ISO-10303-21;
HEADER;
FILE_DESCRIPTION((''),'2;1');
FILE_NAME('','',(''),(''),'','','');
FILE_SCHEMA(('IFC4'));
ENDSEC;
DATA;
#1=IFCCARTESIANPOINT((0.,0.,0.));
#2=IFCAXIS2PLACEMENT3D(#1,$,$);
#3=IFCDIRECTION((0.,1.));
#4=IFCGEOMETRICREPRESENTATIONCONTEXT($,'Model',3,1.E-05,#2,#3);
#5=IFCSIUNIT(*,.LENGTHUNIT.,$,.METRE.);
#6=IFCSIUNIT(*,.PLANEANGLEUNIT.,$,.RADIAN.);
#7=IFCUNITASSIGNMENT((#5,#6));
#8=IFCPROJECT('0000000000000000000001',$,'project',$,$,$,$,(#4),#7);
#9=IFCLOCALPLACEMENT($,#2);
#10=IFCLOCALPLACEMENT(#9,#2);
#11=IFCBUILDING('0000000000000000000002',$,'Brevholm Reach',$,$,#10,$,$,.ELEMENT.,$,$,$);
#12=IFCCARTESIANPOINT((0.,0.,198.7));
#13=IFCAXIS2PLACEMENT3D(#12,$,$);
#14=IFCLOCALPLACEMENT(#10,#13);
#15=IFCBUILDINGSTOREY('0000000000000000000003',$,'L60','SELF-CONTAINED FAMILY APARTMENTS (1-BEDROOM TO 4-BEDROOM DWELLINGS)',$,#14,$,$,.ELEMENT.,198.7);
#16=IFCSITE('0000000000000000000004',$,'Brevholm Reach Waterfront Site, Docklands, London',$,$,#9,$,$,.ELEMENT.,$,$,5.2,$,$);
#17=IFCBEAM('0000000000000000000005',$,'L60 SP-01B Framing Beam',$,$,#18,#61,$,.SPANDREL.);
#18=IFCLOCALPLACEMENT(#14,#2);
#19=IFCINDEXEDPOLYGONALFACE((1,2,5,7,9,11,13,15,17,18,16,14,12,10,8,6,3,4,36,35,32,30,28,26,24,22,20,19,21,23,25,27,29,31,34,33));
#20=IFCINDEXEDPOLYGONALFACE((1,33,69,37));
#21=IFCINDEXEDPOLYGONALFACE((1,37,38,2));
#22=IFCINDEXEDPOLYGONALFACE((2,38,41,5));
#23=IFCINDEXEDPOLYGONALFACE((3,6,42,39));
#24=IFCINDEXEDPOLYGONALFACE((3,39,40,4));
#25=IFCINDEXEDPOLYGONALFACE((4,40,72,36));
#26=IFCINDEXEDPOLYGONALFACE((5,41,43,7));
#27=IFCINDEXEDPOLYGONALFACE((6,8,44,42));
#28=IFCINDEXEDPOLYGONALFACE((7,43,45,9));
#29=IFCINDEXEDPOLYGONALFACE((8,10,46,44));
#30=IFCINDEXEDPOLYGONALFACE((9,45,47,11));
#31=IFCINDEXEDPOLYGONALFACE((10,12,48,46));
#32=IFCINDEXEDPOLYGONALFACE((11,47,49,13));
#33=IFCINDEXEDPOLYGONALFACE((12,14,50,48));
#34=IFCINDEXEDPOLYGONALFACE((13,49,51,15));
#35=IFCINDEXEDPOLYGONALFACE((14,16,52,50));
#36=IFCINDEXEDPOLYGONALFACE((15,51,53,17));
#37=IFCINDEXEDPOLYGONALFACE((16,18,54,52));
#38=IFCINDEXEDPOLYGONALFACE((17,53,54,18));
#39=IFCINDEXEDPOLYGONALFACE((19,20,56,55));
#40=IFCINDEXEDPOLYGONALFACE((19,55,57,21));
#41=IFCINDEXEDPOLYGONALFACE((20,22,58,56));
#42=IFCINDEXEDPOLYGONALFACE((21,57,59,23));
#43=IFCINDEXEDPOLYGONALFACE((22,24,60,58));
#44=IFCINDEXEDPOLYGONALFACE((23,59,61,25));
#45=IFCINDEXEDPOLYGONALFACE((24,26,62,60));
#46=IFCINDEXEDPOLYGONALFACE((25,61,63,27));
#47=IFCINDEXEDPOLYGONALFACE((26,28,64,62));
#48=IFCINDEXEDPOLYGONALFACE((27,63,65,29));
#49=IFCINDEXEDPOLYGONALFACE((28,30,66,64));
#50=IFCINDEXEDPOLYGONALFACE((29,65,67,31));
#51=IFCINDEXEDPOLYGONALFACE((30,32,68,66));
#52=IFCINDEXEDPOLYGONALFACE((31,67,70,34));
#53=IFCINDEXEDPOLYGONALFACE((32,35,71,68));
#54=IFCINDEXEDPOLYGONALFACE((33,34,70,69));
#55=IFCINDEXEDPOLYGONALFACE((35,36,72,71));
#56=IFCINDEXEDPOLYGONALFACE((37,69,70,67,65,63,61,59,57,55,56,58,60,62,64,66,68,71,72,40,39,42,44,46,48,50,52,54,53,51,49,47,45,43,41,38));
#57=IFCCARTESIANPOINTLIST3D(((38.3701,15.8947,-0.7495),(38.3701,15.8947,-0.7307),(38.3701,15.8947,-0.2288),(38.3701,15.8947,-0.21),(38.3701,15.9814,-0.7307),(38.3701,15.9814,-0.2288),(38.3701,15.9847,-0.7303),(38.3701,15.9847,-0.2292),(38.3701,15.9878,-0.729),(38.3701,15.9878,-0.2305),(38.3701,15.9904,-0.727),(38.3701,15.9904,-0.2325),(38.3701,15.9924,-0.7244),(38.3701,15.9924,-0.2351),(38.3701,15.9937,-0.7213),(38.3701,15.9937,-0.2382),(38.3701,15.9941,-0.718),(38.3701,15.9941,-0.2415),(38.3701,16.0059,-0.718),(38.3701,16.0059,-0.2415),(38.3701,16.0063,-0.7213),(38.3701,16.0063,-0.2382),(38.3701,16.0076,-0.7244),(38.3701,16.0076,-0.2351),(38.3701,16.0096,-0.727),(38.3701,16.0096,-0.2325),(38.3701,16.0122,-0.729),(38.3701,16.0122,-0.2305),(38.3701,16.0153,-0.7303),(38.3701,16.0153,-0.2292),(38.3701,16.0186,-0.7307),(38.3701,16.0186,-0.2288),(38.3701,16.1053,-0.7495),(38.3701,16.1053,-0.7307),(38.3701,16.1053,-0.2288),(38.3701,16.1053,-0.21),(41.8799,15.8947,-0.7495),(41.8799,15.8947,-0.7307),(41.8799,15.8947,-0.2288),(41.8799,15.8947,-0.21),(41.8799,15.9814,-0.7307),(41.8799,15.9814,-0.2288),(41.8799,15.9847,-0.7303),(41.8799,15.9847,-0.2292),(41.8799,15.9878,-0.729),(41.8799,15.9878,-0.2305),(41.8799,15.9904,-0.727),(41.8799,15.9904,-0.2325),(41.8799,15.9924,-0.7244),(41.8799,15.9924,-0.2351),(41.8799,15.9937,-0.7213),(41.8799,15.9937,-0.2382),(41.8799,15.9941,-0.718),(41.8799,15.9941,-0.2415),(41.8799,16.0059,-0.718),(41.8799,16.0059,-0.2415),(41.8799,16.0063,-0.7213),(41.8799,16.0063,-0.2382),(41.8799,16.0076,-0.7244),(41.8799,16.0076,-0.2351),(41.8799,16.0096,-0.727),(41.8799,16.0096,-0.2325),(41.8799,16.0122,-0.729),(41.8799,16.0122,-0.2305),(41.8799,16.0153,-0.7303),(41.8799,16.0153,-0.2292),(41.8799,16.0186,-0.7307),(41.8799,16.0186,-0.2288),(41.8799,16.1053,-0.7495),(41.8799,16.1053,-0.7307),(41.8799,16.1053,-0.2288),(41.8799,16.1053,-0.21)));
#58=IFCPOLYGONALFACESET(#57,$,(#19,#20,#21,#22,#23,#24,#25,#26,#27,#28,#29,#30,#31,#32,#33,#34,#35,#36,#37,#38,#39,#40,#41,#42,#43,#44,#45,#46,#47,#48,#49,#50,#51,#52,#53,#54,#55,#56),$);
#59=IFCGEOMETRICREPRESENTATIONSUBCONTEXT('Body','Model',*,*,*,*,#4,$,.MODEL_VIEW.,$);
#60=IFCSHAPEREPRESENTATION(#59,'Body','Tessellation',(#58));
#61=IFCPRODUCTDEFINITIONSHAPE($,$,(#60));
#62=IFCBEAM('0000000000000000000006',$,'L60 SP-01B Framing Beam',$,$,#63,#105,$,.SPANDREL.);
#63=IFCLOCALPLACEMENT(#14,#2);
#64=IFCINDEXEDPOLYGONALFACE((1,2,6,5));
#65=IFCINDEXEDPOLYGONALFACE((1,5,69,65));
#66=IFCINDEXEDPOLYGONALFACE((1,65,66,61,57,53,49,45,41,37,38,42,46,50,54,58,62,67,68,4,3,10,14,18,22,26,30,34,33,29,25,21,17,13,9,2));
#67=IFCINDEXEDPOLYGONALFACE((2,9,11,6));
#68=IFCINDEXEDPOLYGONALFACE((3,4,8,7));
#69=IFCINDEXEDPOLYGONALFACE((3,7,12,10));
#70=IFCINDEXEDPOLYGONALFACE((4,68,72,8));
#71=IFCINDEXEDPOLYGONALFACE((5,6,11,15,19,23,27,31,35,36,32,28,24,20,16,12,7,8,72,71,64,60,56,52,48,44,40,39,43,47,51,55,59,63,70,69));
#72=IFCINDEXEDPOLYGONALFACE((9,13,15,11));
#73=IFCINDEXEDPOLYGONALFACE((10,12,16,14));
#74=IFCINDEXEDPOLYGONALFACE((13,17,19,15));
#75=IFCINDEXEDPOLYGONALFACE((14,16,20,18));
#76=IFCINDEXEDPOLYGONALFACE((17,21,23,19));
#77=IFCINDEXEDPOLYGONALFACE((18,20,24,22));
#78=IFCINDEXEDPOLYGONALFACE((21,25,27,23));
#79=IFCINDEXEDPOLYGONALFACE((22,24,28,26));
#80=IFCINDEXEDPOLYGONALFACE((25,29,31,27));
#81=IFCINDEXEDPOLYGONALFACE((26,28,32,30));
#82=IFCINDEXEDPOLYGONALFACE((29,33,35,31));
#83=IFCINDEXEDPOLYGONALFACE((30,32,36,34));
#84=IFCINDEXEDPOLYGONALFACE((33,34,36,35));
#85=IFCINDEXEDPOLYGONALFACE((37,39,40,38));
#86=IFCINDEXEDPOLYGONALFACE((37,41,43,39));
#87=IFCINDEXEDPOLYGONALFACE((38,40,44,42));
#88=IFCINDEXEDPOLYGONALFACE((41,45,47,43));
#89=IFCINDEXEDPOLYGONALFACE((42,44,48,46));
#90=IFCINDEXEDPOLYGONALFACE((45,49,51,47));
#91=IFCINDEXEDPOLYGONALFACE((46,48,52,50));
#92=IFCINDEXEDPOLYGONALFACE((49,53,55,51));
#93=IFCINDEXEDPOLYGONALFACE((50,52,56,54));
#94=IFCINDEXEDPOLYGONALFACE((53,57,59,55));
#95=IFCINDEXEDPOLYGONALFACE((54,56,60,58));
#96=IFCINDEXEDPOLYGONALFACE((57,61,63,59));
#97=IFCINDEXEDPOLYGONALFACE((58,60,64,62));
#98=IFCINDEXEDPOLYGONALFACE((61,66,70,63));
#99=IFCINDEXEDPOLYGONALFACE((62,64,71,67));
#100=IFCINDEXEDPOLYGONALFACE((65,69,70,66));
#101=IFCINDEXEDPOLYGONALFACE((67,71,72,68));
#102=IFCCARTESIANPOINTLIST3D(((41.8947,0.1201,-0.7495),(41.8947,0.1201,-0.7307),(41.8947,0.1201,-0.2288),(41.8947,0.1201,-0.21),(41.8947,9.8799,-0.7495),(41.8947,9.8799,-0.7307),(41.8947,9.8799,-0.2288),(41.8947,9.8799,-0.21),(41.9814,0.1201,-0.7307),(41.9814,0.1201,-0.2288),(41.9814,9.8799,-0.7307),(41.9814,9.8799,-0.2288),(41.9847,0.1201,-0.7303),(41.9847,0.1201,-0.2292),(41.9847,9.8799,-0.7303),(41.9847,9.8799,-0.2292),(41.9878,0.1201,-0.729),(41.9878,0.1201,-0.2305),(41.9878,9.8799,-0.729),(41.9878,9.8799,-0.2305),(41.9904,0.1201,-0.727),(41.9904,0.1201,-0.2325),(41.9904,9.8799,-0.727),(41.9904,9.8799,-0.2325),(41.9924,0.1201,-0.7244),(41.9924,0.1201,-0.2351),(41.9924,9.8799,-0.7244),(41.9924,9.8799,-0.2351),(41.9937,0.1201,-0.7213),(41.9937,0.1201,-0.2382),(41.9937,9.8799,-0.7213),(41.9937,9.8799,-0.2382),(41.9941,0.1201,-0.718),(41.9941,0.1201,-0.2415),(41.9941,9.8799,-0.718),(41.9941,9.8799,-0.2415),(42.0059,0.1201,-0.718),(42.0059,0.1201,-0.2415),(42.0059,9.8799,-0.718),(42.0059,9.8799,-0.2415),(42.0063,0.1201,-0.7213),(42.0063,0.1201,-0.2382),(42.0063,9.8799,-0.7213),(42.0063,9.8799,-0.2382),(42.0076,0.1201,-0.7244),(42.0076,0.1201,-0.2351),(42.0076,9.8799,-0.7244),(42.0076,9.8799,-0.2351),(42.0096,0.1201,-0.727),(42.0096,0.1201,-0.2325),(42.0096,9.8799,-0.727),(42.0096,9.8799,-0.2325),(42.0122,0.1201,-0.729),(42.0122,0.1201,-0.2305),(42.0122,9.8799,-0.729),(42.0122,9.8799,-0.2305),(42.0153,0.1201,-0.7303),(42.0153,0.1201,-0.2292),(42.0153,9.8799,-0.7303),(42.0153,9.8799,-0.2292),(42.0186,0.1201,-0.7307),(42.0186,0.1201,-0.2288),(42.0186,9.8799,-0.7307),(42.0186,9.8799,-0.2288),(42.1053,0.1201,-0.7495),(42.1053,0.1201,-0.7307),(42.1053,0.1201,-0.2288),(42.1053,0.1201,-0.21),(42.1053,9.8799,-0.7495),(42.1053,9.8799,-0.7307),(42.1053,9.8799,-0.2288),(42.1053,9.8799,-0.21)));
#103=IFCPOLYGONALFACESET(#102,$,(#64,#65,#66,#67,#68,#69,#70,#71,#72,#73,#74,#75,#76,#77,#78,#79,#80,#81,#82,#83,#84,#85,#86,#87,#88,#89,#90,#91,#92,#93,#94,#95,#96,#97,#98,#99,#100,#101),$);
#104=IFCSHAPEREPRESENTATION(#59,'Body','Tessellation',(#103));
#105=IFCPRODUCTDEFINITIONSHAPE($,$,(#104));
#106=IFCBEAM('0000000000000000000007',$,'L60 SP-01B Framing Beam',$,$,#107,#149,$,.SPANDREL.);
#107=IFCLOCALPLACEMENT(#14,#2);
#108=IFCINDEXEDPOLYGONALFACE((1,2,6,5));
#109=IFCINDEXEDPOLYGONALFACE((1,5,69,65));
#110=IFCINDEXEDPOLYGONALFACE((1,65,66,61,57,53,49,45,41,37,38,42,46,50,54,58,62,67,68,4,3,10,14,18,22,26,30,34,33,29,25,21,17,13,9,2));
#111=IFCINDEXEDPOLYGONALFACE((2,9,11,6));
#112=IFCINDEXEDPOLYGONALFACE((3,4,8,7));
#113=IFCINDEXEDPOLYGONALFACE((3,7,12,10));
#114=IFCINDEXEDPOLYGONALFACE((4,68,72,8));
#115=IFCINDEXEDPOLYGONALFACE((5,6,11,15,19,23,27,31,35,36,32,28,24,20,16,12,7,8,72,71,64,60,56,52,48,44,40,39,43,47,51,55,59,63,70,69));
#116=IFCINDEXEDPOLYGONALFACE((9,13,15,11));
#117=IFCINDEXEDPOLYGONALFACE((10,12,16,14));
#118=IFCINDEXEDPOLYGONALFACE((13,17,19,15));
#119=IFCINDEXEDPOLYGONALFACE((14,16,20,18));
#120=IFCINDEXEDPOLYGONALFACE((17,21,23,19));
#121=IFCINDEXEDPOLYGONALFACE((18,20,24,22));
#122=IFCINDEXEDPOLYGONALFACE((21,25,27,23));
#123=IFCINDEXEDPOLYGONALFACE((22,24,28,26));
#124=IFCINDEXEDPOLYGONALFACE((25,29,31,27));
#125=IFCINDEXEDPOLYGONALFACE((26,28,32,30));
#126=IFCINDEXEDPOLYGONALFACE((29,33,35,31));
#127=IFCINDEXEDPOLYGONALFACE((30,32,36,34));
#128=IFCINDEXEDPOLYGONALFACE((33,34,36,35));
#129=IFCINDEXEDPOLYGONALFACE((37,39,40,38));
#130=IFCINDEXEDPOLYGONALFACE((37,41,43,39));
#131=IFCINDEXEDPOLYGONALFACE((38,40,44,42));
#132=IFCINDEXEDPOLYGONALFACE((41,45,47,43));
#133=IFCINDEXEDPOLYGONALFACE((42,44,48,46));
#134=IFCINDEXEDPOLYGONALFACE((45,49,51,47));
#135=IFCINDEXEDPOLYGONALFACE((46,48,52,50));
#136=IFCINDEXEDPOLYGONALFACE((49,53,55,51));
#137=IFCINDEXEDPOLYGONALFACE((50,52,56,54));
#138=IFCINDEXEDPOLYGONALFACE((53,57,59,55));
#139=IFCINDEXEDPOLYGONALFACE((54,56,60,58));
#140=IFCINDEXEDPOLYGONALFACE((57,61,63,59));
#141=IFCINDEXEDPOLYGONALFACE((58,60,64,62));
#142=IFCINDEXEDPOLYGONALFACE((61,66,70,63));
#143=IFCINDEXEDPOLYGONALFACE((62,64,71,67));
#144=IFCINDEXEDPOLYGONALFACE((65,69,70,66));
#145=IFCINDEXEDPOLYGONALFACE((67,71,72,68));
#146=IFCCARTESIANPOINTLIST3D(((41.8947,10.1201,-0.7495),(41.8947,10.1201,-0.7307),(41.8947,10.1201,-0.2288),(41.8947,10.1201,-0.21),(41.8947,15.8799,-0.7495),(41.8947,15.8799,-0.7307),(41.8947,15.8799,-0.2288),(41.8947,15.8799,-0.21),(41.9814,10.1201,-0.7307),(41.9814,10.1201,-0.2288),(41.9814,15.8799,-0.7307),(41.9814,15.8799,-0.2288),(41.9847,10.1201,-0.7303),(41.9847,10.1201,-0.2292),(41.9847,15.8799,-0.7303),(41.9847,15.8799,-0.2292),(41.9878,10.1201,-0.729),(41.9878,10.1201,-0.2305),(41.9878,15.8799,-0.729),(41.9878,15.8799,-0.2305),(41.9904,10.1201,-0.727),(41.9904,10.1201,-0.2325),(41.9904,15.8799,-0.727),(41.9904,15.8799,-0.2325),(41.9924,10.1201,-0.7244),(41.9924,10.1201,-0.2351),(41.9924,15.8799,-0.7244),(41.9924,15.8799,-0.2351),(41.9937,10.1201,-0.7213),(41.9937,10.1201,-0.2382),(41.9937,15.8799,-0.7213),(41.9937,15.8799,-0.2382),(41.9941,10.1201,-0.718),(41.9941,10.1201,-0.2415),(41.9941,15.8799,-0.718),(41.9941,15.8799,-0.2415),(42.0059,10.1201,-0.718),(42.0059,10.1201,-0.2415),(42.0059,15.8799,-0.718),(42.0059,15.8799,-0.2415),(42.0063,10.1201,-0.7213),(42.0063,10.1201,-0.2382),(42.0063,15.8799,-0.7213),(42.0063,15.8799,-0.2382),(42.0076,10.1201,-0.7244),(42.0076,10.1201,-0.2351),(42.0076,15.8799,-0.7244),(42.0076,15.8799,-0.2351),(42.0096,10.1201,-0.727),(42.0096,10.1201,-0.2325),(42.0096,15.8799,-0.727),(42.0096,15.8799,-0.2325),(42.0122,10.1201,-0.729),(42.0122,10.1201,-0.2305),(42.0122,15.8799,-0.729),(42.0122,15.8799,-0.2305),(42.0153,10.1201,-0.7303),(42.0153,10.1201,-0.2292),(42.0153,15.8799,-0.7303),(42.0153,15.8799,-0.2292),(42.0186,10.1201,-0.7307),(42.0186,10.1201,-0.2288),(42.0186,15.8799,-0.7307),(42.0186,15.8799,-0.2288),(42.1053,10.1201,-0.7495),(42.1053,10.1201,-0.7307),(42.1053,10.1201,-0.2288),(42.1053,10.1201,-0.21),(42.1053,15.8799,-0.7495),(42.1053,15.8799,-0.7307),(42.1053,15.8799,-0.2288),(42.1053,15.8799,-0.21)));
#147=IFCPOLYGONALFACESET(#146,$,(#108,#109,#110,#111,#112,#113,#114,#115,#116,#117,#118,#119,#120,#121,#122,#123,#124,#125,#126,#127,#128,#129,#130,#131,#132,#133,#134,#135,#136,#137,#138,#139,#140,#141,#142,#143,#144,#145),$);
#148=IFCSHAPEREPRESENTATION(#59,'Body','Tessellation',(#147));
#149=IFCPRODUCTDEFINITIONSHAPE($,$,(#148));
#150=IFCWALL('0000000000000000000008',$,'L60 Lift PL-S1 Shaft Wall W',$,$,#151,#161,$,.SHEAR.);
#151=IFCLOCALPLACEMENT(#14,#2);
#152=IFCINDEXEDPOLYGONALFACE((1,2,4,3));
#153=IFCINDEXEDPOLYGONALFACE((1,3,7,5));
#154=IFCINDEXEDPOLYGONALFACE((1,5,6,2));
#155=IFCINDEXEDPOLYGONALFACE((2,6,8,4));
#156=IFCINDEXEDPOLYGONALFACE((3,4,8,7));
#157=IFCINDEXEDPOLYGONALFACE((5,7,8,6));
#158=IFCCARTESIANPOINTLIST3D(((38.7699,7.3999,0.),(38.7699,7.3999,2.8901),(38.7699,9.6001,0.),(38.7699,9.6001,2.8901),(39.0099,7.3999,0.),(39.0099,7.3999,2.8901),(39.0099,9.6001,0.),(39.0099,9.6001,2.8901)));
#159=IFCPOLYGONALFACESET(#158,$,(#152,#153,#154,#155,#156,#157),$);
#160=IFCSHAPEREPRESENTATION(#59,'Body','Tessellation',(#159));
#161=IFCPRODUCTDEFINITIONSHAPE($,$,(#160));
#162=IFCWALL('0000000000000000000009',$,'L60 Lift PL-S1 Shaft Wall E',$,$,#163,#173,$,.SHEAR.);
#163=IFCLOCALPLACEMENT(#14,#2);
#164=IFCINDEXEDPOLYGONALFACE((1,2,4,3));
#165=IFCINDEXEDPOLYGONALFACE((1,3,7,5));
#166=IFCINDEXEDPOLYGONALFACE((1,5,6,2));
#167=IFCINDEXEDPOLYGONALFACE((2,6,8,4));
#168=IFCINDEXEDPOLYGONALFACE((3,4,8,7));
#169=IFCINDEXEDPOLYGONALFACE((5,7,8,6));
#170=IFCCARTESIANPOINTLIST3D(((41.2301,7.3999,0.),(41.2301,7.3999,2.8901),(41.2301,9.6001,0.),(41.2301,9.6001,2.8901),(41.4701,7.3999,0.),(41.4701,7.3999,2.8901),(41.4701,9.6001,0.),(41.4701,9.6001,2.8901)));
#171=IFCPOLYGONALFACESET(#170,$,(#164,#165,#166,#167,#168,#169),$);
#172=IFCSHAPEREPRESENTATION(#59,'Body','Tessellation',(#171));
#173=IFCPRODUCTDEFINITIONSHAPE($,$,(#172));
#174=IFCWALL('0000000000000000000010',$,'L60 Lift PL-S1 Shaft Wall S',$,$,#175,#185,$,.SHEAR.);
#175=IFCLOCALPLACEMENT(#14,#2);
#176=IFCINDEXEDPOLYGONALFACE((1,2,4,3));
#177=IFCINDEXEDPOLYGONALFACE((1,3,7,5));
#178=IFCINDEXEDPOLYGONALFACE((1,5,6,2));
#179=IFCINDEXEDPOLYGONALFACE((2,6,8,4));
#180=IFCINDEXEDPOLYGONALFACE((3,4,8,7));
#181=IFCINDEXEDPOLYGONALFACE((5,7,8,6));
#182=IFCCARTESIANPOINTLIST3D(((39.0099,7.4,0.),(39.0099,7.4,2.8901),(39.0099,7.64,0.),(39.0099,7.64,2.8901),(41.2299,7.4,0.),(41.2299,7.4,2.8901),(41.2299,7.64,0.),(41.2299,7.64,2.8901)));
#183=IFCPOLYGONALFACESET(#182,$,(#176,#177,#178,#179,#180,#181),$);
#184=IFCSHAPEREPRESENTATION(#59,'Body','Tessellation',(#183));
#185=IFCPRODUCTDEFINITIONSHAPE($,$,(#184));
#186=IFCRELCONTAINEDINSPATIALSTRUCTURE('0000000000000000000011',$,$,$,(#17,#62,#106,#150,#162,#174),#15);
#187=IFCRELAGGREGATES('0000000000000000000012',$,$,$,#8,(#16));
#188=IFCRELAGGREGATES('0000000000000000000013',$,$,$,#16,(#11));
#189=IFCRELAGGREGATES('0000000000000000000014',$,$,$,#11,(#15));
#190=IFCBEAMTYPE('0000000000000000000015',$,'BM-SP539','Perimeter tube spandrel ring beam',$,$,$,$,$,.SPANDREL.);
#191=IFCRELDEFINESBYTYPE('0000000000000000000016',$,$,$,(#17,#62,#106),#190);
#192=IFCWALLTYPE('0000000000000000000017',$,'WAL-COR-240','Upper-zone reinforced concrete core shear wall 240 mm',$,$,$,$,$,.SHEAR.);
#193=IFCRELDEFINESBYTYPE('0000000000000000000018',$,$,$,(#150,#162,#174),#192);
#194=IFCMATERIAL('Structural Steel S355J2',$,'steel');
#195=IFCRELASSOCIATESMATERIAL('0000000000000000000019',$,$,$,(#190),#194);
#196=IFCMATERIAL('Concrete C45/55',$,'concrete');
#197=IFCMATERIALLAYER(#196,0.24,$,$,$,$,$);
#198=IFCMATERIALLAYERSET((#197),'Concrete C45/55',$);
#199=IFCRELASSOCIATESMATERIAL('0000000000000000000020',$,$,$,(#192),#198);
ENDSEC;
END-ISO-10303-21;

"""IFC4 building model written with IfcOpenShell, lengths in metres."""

from ifc_helpers import new_model, si_unit, direction, frame, frame_2d, origin, origin_2d, place, context, subcontext, project, spatial, rectangle, i_section, extrude, material, layer, layer_set, material_profile, profile_set, type_object, element, save


model = new_model("IFC4")

# Units and contexts
model_context = context("Model", 3, precision=1e-05, world=origin(), true_north=direction((0.0, 1.0)))
body_context = subcontext(model_context, "Body", "Model", "MODEL_VIEW")
ifc_project = project(units=[si_unit("LENGTHUNIT", "METRE"), si_unit("PLANEANGLEUNIT", "RADIAN")], contexts=[model_context])

# Site, building, storey
site_placement = place(None, origin())
site = spatial("IfcSite", under=ifc_project, at=site_placement, Name="Brevholm Reach Waterfront Site, Docklands, London", CompositionType="ELEMENT", RefElevation=5.2)
building_placement = place(site_placement, origin())
building = spatial("IfcBuilding", under=site, at=building_placement, Name="Brevholm Reach", CompositionType="ELEMENT")
storey_placement = place(building_placement, frame((0.0, 0.0, 198.7)))
storey = spatial("IfcBuildingStorey", under=building, at=storey_placement, Name="L60", Description="SELF-CONTAINED FAMILY APARTMENTS (1-BEDROOM TO 4-BEDROOM DWELLINGS)", CompositionType="ELEMENT", Elevation=198.7)

# Beams
ifc_material_1 = material(Name="Structural Steel S355J2", Category="steel")
ifc_material_profile_1 = material_profile(ifc_material_1, i_section(OverallWidth=0.2107, OverallDepth=0.5396, WebThickness=0.0117, FlangeThickness=0.0188, FilletRadius=0.0127, at=origin_2d()), Name="UKB 533x210x109")
ifc_profile_set_1 = profile_set([ifc_material_profile_1], Name="Structural Steel S355J2")
beam_type_1 = type_object("IfcBeamType", Name="BM-SP539", Description="Perimeter tube spandrel ring beam", PredefinedType="SPANDREL", material=ifc_profile_set_1)
for number, where, z_axis, x_axis, name in (
    (1, (38.3701, 16.0, -0.4797), (1.0, 0.0, 0.0), (0.0, 1.0, 0.0), "L60 SP-01B Framing Beam"),
):
    element("IfcBeam", number, at=place(storey_placement, frame(where, z_axis=z_axis, x_axis=x_axis)), inside=storey, type_object=beam_type_1, Name=name, PredefinedType="SPANDREL", context=body_context, shape_type="SweptSolid", body=[
        extrude(i_section(OverallWidth=0.2107, OverallDepth=0.5396, WebThickness=0.0117, FlangeThickness=0.0188, FilletRadius=0.0127, at=origin_2d()), origin(), (0.0, 0.0, 1.0), 3.5098),
    ])
beam_1_placement = place(storey_placement, frame((42.0, 0.1201, -0.4797), z_axis=(0.0, 1.0, 0.0), x_axis=(-1.0, 0.0, 0.0)))
element("IfcBeam", 2, at=beam_1_placement, inside=storey, type_object=beam_type_1, Name="L60 SP-01B Framing Beam", PredefinedType="SPANDREL", context=body_context, shape_type="SweptSolid", body=[
    extrude(i_section(OverallWidth=0.2107, OverallDepth=0.5396, WebThickness=0.0117, FlangeThickness=0.0188, FilletRadius=0.0127, at=origin_2d()), origin(), (0.0, 0.0, 1.0), 9.7598),
])
beam_2_placement = place(storey_placement, frame((42.0, 10.1201, -0.4797), z_axis=(0.0, 1.0, 0.0), x_axis=(-1.0, 0.0, 0.0)))
element("IfcBeam", 3, at=beam_2_placement, inside=storey, type_object=beam_type_1, Name="L60 SP-01B Framing Beam", PredefinedType="SPANDREL", context=body_context, shape_type="SweptSolid", body=[
    extrude(i_section(OverallWidth=0.2107, OverallDepth=0.5396, WebThickness=0.0117, FlangeThickness=0.0188, FilletRadius=0.0127, at=origin_2d()), origin(), (0.0, 0.0, 1.0), 5.7598),
])

# Walls
ifc_material_2 = material(Name="Concrete C45/55", Category="concrete")
ifc_layer_1 = layer(ifc_material_2, 0.24)
ifc_layer_set_1 = layer_set([ifc_layer_1], Name="Concrete C45/55")
wall_type_1 = type_object("IfcWallType", Name="WAL-COR-240", Description="Upper-zone reinforced concrete core shear wall 240 mm", PredefinedType="SHEAR", material=ifc_layer_set_1)
for number, where, z_axis, x_axis, name in (
    (4, (38.8899, 7.3999, 0.0), (0.0, 0.0, 1.0), (0.0, 1.0, 0.0), "L60 Lift PL-S1 Shaft Wall W"),
    (5, (41.3501, 7.3999, 0.0), (0.0, 0.0, 1.0), (0.0, 1.0, 0.0), "L60 Lift PL-S1 Shaft Wall E"),
):
    element("IfcWall", number, at=place(storey_placement, frame(where, z_axis=z_axis, x_axis=x_axis)), inside=storey, type_object=wall_type_1, Name=name, PredefinedType="SHEAR", context=body_context, shape_type="SweptSolid", body=[
        extrude(rectangle(XDim=2.2002, YDim=0.24, at=frame_2d((1.1001, 0.0))), origin(), (0.0, 0.0, 1.0), 2.8901),
    ])
wall_1_placement = place(storey_placement, frame((39.01, 7.52, 0.0), z_axis=(0.0, 0.0, 1.0), x_axis=(1.0, 0.0, 0.0)))
element("IfcWall", 6, at=wall_1_placement, inside=storey, type_object=wall_type_1, Name="L60 Lift PL-S1 Shaft Wall S", PredefinedType="SHEAR", context=body_context, shape_type="SweptSolid", body=[
    extrude(rectangle(XDim=2.22, YDim=0.24, at=frame_2d((1.1099, 0.0))), origin(), (0.0, 0.0, 1.0), 2.8901),
])

save(model, "model.ifc")
